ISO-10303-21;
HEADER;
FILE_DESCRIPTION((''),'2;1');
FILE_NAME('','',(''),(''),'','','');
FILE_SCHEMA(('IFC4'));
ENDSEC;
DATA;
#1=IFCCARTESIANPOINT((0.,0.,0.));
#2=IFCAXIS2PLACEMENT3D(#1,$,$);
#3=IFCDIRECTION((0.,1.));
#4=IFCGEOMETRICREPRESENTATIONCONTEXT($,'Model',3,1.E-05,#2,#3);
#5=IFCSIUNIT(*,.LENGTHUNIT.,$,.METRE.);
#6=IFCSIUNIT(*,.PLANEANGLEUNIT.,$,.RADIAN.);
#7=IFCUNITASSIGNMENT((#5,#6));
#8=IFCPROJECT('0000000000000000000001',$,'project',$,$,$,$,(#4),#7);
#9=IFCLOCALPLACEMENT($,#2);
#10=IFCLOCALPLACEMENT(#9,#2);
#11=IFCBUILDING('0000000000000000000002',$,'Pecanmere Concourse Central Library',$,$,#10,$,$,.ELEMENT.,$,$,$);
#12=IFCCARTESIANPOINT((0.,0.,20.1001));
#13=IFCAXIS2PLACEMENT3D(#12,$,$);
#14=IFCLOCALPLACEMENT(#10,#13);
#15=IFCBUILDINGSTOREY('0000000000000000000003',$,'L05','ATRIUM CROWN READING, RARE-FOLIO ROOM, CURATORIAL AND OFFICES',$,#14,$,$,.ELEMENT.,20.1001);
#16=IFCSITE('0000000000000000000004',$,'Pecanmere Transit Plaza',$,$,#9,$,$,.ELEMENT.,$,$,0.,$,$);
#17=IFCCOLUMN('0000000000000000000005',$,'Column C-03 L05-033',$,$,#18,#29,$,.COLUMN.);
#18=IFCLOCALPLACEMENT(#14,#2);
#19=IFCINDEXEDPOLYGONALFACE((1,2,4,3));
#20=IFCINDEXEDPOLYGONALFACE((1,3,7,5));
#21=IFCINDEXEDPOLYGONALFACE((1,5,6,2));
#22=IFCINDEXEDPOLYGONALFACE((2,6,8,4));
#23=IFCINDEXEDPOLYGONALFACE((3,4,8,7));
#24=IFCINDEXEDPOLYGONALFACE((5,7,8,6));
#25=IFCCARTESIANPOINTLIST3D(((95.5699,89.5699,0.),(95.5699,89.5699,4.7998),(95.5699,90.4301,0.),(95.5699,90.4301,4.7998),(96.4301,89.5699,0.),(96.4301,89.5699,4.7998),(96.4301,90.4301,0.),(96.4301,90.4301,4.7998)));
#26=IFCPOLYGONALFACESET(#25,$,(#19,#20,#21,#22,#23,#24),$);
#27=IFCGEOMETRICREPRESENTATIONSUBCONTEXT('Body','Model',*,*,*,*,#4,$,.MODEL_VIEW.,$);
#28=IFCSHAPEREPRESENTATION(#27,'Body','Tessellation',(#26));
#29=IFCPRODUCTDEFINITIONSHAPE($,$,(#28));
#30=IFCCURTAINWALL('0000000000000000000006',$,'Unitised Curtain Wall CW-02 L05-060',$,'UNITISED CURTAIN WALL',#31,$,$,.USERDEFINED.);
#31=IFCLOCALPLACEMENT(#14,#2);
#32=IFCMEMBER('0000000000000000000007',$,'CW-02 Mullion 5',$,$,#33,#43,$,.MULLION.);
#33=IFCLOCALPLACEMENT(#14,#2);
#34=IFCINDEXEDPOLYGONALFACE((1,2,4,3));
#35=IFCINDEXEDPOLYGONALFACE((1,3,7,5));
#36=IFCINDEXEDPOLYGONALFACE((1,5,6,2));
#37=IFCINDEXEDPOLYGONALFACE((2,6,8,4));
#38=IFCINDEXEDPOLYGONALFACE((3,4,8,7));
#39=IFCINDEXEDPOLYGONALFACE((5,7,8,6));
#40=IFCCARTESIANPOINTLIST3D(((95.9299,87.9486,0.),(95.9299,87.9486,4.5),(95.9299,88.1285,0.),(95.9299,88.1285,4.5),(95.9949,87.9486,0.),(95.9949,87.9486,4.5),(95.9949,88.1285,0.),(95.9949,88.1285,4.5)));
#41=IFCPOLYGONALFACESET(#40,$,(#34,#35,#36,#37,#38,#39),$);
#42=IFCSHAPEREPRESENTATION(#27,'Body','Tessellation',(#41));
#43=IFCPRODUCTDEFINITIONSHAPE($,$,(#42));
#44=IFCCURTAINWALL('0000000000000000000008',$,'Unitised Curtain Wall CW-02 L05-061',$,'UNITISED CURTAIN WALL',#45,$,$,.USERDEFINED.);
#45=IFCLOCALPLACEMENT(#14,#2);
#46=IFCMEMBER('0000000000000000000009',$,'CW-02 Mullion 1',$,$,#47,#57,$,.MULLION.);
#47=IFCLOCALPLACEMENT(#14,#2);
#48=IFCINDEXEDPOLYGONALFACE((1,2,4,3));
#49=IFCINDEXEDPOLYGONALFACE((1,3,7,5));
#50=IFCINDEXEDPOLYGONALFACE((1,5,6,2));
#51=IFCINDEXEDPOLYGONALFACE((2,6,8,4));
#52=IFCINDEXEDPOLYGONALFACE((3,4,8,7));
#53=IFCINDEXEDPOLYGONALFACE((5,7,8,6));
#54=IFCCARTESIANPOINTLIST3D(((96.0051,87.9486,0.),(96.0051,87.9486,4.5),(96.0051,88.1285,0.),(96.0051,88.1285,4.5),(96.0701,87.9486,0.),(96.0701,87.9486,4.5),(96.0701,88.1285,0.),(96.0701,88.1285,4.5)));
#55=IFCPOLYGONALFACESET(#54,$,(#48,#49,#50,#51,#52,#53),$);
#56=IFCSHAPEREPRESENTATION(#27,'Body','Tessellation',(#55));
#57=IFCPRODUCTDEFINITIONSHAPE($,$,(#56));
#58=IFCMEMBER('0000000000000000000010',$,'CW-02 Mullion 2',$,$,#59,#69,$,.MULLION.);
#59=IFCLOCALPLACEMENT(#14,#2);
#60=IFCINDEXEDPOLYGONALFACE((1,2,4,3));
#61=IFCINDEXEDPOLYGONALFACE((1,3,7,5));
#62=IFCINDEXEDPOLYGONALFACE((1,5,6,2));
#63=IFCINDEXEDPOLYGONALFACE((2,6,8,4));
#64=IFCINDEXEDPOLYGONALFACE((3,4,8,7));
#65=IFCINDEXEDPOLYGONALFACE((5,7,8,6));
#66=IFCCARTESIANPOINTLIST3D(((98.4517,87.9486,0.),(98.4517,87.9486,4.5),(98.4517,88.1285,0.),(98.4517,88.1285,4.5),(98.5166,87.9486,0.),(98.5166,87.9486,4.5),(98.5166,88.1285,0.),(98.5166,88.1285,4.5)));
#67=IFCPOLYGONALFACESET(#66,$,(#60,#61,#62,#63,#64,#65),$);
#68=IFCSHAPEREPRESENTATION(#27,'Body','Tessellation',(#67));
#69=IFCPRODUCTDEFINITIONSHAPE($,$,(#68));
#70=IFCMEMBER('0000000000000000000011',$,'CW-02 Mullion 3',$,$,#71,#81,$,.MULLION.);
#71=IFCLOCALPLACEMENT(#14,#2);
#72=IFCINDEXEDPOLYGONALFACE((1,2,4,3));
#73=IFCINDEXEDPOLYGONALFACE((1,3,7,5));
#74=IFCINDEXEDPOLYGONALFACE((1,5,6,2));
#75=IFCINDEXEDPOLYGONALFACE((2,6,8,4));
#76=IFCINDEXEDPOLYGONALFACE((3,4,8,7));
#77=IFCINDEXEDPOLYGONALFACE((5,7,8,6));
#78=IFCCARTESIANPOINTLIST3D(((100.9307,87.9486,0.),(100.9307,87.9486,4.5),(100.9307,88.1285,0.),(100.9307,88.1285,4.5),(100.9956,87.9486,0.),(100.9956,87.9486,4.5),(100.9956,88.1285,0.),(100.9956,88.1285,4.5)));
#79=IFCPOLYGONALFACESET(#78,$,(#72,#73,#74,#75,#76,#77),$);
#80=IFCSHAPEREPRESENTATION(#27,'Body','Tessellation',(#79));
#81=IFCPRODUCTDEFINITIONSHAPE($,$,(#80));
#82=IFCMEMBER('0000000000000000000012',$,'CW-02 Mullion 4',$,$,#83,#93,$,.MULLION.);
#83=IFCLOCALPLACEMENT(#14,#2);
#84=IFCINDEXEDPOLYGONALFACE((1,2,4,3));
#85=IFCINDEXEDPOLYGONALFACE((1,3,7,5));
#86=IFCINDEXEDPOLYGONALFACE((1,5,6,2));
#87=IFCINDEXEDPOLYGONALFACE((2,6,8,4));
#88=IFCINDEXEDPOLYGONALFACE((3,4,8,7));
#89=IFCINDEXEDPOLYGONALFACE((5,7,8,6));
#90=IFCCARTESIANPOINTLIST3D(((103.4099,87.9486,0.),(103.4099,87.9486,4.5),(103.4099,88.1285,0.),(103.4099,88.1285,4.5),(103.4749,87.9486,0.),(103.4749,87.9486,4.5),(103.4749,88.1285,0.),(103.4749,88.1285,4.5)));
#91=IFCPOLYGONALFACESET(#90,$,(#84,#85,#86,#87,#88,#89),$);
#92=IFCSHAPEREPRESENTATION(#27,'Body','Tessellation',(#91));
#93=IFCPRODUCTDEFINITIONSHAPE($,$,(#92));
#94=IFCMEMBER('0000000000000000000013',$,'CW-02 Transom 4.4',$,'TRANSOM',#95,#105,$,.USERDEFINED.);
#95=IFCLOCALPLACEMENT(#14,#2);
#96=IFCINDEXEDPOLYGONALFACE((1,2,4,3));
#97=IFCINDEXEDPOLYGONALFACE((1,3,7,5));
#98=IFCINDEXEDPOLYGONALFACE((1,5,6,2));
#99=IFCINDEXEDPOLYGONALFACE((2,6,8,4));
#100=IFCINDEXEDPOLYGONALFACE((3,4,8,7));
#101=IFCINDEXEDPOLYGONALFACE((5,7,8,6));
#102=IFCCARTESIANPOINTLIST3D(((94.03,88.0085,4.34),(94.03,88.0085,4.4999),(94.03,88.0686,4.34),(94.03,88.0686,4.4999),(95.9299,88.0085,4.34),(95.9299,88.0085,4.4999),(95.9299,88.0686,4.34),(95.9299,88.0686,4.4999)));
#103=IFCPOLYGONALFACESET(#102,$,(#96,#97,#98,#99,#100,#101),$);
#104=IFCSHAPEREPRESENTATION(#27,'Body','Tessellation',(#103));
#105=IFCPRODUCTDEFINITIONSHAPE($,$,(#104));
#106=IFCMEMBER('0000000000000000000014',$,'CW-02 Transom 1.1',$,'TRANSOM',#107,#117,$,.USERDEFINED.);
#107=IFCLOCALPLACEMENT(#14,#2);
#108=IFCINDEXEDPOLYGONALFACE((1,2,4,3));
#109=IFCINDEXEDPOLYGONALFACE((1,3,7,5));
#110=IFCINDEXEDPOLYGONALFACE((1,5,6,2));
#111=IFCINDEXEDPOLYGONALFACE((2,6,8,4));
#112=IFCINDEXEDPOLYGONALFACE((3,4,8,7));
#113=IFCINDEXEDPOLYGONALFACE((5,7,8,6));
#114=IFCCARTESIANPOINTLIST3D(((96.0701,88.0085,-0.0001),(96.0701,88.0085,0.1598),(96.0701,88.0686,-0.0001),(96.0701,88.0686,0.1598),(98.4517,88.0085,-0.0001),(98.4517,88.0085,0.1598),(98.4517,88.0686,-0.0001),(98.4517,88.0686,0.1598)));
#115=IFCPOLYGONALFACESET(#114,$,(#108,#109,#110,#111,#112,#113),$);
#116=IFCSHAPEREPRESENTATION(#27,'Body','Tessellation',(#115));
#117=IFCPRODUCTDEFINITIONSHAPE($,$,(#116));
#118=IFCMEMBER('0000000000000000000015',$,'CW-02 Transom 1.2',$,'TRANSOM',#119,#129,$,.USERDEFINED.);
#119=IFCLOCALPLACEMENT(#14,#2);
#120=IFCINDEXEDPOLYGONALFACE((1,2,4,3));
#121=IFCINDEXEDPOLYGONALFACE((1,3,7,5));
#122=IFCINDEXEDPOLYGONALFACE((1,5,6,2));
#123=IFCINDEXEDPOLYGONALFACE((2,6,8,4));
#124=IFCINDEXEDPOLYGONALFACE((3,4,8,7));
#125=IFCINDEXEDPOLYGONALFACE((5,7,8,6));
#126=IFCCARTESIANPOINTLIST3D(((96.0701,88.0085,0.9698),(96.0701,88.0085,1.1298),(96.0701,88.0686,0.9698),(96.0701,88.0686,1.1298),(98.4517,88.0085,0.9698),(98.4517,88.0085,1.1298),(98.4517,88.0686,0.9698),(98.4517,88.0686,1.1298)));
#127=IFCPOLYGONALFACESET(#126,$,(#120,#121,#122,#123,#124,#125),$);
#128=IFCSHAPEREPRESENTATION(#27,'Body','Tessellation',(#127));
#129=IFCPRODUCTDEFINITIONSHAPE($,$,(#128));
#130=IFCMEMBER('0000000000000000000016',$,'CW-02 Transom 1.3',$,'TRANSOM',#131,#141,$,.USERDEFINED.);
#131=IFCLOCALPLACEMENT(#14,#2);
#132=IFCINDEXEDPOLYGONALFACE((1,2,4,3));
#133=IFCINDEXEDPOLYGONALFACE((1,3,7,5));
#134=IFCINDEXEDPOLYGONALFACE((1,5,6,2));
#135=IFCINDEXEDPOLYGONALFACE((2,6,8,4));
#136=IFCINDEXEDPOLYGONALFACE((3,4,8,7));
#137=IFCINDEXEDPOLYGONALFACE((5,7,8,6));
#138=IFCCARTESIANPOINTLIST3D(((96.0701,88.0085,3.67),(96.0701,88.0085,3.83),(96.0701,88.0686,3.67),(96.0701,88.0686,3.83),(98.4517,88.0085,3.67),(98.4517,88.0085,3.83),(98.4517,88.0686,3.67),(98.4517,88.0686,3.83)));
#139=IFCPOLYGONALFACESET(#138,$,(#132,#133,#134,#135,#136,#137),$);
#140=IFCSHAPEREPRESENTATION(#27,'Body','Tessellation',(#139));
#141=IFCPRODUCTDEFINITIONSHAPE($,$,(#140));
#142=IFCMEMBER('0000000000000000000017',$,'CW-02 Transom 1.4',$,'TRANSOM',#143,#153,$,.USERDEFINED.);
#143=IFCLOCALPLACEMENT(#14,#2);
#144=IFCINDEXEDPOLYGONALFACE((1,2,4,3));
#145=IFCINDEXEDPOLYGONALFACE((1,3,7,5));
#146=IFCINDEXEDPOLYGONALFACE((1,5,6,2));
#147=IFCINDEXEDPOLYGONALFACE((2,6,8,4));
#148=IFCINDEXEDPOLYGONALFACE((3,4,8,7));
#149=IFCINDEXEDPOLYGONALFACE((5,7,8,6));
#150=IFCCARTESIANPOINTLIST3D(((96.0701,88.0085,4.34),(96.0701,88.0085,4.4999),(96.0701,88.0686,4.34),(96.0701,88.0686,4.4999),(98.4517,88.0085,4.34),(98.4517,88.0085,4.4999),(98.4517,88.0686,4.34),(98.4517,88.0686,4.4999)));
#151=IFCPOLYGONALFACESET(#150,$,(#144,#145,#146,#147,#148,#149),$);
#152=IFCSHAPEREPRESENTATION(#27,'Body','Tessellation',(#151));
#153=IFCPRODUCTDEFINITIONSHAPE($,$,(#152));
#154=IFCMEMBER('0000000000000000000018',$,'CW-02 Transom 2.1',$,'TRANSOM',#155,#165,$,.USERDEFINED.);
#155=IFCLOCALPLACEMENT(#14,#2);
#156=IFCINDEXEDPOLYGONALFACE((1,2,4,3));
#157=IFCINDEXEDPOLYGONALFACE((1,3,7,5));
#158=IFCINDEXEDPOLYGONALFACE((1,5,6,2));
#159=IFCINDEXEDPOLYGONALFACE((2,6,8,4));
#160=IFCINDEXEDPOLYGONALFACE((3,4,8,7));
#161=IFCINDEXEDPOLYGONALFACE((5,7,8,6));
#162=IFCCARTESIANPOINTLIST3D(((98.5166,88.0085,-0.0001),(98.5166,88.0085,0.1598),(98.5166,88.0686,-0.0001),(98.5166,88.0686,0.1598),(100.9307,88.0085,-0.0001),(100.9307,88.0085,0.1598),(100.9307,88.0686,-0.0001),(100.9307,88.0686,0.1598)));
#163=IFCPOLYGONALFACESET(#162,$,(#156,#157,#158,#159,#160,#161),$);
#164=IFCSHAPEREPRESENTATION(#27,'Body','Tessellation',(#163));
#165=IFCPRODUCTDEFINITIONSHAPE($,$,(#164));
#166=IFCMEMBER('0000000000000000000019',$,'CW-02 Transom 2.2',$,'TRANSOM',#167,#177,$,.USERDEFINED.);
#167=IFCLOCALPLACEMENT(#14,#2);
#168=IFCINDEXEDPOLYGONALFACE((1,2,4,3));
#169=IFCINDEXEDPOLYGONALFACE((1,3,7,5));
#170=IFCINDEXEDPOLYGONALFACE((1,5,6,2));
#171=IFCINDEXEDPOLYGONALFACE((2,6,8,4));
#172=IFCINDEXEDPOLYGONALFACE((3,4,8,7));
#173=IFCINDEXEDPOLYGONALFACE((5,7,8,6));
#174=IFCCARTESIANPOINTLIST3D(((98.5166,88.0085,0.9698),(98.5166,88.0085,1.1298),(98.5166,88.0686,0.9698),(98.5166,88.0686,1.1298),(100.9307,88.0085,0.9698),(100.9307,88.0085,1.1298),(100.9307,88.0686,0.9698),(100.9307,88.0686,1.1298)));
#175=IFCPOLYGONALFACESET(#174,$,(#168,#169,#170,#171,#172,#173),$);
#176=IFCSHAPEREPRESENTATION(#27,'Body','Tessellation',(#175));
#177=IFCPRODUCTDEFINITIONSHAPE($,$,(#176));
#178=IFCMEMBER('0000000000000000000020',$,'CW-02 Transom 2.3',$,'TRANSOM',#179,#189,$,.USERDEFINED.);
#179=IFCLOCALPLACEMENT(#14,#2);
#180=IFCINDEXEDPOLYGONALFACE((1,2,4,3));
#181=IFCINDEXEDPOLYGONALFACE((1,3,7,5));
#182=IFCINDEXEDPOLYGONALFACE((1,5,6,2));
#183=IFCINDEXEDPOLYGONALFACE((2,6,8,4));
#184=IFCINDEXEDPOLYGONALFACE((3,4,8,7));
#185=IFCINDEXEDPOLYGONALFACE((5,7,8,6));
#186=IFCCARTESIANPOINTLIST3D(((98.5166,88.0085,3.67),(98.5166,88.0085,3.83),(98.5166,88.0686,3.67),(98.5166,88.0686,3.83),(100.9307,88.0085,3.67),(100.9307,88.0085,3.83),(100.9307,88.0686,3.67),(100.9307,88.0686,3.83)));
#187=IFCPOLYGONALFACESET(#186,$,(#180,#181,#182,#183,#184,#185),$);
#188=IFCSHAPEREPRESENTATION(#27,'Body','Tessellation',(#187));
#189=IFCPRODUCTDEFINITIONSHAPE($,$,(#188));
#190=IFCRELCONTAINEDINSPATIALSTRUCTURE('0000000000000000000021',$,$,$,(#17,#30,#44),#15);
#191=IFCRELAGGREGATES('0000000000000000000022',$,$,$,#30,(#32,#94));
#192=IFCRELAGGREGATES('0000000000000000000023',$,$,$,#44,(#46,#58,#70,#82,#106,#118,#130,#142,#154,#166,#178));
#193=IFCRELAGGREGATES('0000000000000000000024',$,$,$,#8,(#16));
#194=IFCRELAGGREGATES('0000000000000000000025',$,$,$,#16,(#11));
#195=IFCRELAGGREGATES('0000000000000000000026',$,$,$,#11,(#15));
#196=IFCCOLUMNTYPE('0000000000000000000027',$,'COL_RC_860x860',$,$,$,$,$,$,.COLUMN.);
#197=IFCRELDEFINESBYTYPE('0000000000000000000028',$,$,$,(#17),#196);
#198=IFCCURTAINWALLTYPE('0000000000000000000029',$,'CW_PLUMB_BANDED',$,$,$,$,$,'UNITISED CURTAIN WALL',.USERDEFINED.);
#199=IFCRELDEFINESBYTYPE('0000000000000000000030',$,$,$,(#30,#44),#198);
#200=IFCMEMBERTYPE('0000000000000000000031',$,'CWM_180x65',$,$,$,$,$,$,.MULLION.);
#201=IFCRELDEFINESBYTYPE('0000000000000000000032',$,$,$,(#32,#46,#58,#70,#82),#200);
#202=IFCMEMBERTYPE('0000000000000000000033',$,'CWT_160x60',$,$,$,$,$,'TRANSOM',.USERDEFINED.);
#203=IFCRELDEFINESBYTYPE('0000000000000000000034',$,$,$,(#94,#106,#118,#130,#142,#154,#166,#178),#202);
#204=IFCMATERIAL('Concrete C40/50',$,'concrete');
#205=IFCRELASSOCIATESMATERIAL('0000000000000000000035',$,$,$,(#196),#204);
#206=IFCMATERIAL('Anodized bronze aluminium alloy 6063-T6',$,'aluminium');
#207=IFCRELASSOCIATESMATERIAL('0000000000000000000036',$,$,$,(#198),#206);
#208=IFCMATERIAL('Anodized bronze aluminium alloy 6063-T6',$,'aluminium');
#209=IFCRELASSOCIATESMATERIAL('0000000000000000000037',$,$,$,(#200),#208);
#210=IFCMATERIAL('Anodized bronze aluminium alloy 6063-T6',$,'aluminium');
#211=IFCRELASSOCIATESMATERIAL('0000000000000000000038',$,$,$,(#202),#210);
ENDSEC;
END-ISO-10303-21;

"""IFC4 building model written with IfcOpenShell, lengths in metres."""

from ifc_helpers import new_model, si_unit, direction, frame, origin, origin_2d, place, context, subcontext, project, spatial, rectangle, extrude, material, material_profile, profile_set, type_object, element, aggregate, save


model = new_model("IFC4")

# Units and contexts
model_context = context("Model", 3, precision=1e-05, world=origin(), true_north=direction((0.0, 1.0)))
body_context = subcontext(model_context, "Body", "Model", "MODEL_VIEW")
ifc_project = project(units=[si_unit("LENGTHUNIT", "METRE"), si_unit("PLANEANGLEUNIT", "RADIAN")], contexts=[model_context])

# Site, building, storey
site_placement = place(None, origin())
site = spatial("IfcSite", under=ifc_project, at=site_placement, Name="Pecanmere Transit Plaza", CompositionType="ELEMENT", RefElevation=0.0)
building_placement = place(site_placement, origin())
building = spatial("IfcBuilding", under=site, at=building_placement, Name="Pecanmere Concourse Central Library", CompositionType="ELEMENT")
storey_placement = place(building_placement, frame((0.0, 0.0, 20.1001)))
storey = spatial("IfcBuildingStorey", under=building, at=storey_placement, Name="L05", Description="ATRIUM CROWN READING, RARE-FOLIO ROOM, CURATORIAL AND OFFICES", CompositionType="ELEMENT", Elevation=20.1001)

# Column
ifc_material_1 = material(Name="Concrete C40/50", Category="concrete")
ifc_material_profile_1 = material_profile(ifc_material_1, rectangle(XDim=0.8601, YDim=0.8601, at=origin_2d()), Name="RC 860x860")
ifc_profile_set_1 = profile_set([ifc_material_profile_1], Name="Concrete C40/50")
column_type = type_object("IfcColumnType", Name="COL_RC_860x860", PredefinedType="COLUMN", material=ifc_profile_set_1)
column_placement = place(storey_placement, frame((96.0, 90.0, 0.0), z_axis=(0.0, 0.0, 1.0), x_axis=(1.0, 0.0, 0.0)))
element("IfcColumn", 1, at=column_placement, inside=storey, type_object=column_type, Name="Column C-03 L05-033", PredefinedType="COLUMN", context=body_context, shape_type="SweptSolid", body=[
    extrude(rectangle(XDim=0.8601, YDim=0.8601, at=origin_2d()), origin(), (0.0, 0.0, 1.0), 4.7998),
])

# Curtain wall, member
ifc_material_2 = material(Name="Anodized bronze aluminium alloy 6063-T6", Category="aluminium")
curtain_wall_type = type_object("IfcCurtainWallType", Name="CW_PLUMB_BANDED", ElementType="UNITISED CURTAIN WALL", PredefinedType="USERDEFINED", material=ifc_material_2)
curtain_wall_1_placement = place(storey_placement, origin())
curtain_wall_1 = element("IfcCurtainWall", 2, at=curtain_wall_1_placement, inside=storey, type_object=curtain_wall_type, Name="Unitised Curtain Wall CW-02 L05-060", ObjectType="UNITISED CURTAIN WALL", PredefinedType="USERDEFINED")
ifc_material_3 = material(Name="Anodized bronze aluminium alloy 6063-T6", Category="aluminium")
ifc_material_profile_2 = material_profile(ifc_material_3, rectangle(XDim=0.0649, YDim=0.1799, at=origin_2d()), Name="AL 65x180")
ifc_profile_set_2 = profile_set([ifc_material_profile_2], Name="Anodized bronze aluminium alloy 6063-T6")
member_type_1 = type_object("IfcMemberType", Name="CWM_180x65", PredefinedType="MULLION", material=ifc_profile_set_2)
member_1_placement = place(storey_placement, frame((95.9624, 88.0386, 0.0), z_axis=(0.0, 0.0, 1.0), x_axis=(1.0, 0.0, 0.0)))
member_1 = element("IfcMember", 3, at=member_1_placement, type_object=member_type_1, Name="CW-02 Mullion 5", PredefinedType="MULLION", context=body_context, shape_type="SweptSolid", body=[
    extrude(rectangle(XDim=0.0649, YDim=0.1799, at=origin_2d()), origin(), (0.0, 0.0, 1.0), 4.5),
])

# Curtain wall, members
curtain_wall_2_placement = place(storey_placement, origin())
curtain_wall_2 = element("IfcCurtainWall", 4, at=curtain_wall_2_placement, inside=storey, type_object=curtain_wall_type, Name="Unitised Curtain Wall CW-02 L05-061", ObjectType="UNITISED CURTAIN WALL", PredefinedType="USERDEFINED")
member_2_placement = place(storey_placement, frame((96.0376, 88.0386, 0.0), z_axis=(0.0, 0.0, 1.0), x_axis=(1.0, 0.0, 0.0)))
member_2 = element("IfcMember", 5, at=member_2_placement, type_object=member_type_1, Name="CW-02 Mullion 1", PredefinedType="MULLION", context=body_context, shape_type="SweptSolid", body=[
    extrude(rectangle(XDim=0.0649, YDim=0.1799, at=origin_2d()), origin(), (0.0, 0.0, 1.0), 4.5),
])
member_3_placement = place(storey_placement, frame((98.4841, 88.0386, 0.0), z_axis=(0.0, 0.0, 1.0), x_axis=(1.0, 0.0, 0.0)))
member_3 = element("IfcMember", 6, at=member_3_placement, type_object=member_type_1, Name="CW-02 Mullion 2", PredefinedType="MULLION", context=body_context, shape_type="SweptSolid", body=[
    extrude(rectangle(XDim=0.0649, YDim=0.1799, at=origin_2d()), origin(), (0.0, 0.0, 1.0), 4.5),
])
member_4_placement = place(storey_placement, frame((100.9631, 88.0386, 0.0), z_axis=(0.0, 0.0, 1.0), x_axis=(1.0, 0.0, 0.0)))
member_4 = element("IfcMember", 7, at=member_4_placement, type_object=member_type_1, Name="CW-02 Mullion 3", PredefinedType="MULLION", context=body_context, shape_type="SweptSolid", body=[
    extrude(rectangle(XDim=0.0649, YDim=0.1799, at=origin_2d()), origin(), (0.0, 0.0, 1.0), 4.5),
])
member_5_placement = place(storey_placement, frame((103.4424, 88.0386, 0.0), z_axis=(0.0, 0.0, 1.0), x_axis=(1.0, 0.0, 0.0)))
member_5 = element("IfcMember", 8, at=member_5_placement, type_object=member_type_1, Name="CW-02 Mullion 4", PredefinedType="MULLION", context=body_context, shape_type="SweptSolid", body=[
    extrude(rectangle(XDim=0.0649, YDim=0.1799, at=origin_2d()), origin(), (0.0, 0.0, 1.0), 4.5),
])

# Members
ifc_material_4 = material(Name="Anodized bronze aluminium alloy 6063-T6", Category="aluminium")
ifc_material_profile_3 = material_profile(ifc_material_4, rectangle(XDim=0.0601, YDim=0.1599, at=origin_2d()), Name="AL 60x160")
ifc_profile_set_3 = profile_set([ifc_material_profile_3], Name="Anodized bronze aluminium alloy 6063-T6")
member_type_2 = type_object("IfcMemberType", Name="CWT_160x60", ElementType="TRANSOM", PredefinedType="USERDEFINED", material=ifc_profile_set_3)
member_6_placement = place(storey_placement, frame((94.03, 88.0386, 4.4199), z_axis=(1.0, 0.0, 0.0), x_axis=(0.0, 1.0, 0.0)))
member_6 = element("IfcMember", 9, at=member_6_placement, type_object=member_type_2, Name="CW-02 Transom 4.4", ObjectType="TRANSOM", PredefinedType="USERDEFINED", context=body_context, shape_type="SweptSolid", body=[
    extrude(rectangle(XDim=0.0601, YDim=0.1599, at=origin_2d()), origin(), (0.0, 0.0, 1.0), 1.8999),
])
member_7_placement = place(storey_placement, frame((96.0701, 88.0386, 0.0798), z_axis=(1.0, 0.0, 0.0), x_axis=(0.0, 1.0, 0.0)))
member_7 = element("IfcMember", 10, at=member_7_placement, type_object=member_type_2, Name="CW-02 Transom 1.1", ObjectType="TRANSOM", PredefinedType="USERDEFINED", context=body_context, shape_type="SweptSolid", body=[
    extrude(rectangle(XDim=0.0601, YDim=0.1599, at=origin_2d()), origin(), (0.0, 0.0, 1.0), 2.3816),
])
member_8_placement = place(storey_placement, frame((96.0701, 88.0386, 1.0498), z_axis=(1.0, 0.0, 0.0), x_axis=(0.0, 1.0, 0.0)))
member_8 = element("IfcMember", 11, at=member_8_placement, type_object=member_type_2, Name="CW-02 Transom 1.2", ObjectType="TRANSOM", PredefinedType="USERDEFINED", context=body_context, shape_type="SweptSolid", body=[
    extrude(rectangle(XDim=0.0601, YDim=0.1599, at=origin_2d()), origin(), (0.0, 0.0, 1.0), 2.3816),
])
member_9_placement = place(storey_placement, frame((96.0701, 88.0386, 3.75), z_axis=(1.0, 0.0, 0.0), x_axis=(0.0, 1.0, 0.0)))
member_9 = element("IfcMember", 12, at=member_9_placement, type_object=member_type_2, Name="CW-02 Transom 1.3", ObjectType="TRANSOM", PredefinedType="USERDEFINED", context=body_context, shape_type="SweptSolid", body=[
    extrude(rectangle(XDim=0.0601, YDim=0.1599, at=origin_2d()), origin(), (0.0, 0.0, 1.0), 2.3816),
])
member_10_placement = place(storey_placement, frame((96.0701, 88.0386, 4.4199), z_axis=(1.0, 0.0, 0.0), x_axis=(0.0, 1.0, 0.0)))
member_10 = element("IfcMember", 13, at=member_10_placement, type_object=member_type_2, Name="CW-02 Transom 1.4", ObjectType="TRANSOM", PredefinedType="USERDEFINED", context=body_context, shape_type="SweptSolid", body=[
    extrude(rectangle(XDim=0.0601, YDim=0.1599, at=origin_2d()), origin(), (0.0, 0.0, 1.0), 2.3816),
])
member_11_placement = place(storey_placement, frame((98.5166, 88.0386, 0.0798), z_axis=(1.0, 0.0, 0.0), x_axis=(0.0, 1.0, 0.0)))
member_11 = element("IfcMember", 14, at=member_11_placement, type_object=member_type_2, Name="CW-02 Transom 2.1", ObjectType="TRANSOM", PredefinedType="USERDEFINED", context=body_context, shape_type="SweptSolid", body=[
    extrude(rectangle(XDim=0.0601, YDim=0.1599, at=origin_2d()), origin(), (0.0, 0.0, 1.0), 2.4141),
])
member_12_placement = place(storey_placement, frame((98.5166, 88.0386, 1.0498), z_axis=(1.0, 0.0, 0.0), x_axis=(0.0, 1.0, 0.0)))
member_12 = element("IfcMember", 15, at=member_12_placement, type_object=member_type_2, Name="CW-02 Transom 2.2", ObjectType="TRANSOM", PredefinedType="USERDEFINED", context=body_context, shape_type="SweptSolid", body=[
    extrude(rectangle(XDim=0.0601, YDim=0.1599, at=origin_2d()), origin(), (0.0, 0.0, 1.0), 2.4141),
])
member_13_placement = place(storey_placement, frame((98.5166, 88.0386, 3.75), z_axis=(1.0, 0.0, 0.0), x_axis=(0.0, 1.0, 0.0)))
member_13 = element("IfcMember", 16, at=member_13_placement, type_object=member_type_2, Name="CW-02 Transom 2.3", ObjectType="TRANSOM", PredefinedType="USERDEFINED", context=body_context, shape_type="SweptSolid", body=[
    extrude(rectangle(XDim=0.0601, YDim=0.1599, at=origin_2d()), origin(), (0.0, 0.0, 1.0), 2.4141),
])

aggregate(curtain_wall_1, [member_1, member_6])
aggregate(curtain_wall_2, [member_2, member_3, member_4, member_5, member_7, member_8, member_9, member_10, member_11, member_12, member_13])

save(model, "model.ifc")
